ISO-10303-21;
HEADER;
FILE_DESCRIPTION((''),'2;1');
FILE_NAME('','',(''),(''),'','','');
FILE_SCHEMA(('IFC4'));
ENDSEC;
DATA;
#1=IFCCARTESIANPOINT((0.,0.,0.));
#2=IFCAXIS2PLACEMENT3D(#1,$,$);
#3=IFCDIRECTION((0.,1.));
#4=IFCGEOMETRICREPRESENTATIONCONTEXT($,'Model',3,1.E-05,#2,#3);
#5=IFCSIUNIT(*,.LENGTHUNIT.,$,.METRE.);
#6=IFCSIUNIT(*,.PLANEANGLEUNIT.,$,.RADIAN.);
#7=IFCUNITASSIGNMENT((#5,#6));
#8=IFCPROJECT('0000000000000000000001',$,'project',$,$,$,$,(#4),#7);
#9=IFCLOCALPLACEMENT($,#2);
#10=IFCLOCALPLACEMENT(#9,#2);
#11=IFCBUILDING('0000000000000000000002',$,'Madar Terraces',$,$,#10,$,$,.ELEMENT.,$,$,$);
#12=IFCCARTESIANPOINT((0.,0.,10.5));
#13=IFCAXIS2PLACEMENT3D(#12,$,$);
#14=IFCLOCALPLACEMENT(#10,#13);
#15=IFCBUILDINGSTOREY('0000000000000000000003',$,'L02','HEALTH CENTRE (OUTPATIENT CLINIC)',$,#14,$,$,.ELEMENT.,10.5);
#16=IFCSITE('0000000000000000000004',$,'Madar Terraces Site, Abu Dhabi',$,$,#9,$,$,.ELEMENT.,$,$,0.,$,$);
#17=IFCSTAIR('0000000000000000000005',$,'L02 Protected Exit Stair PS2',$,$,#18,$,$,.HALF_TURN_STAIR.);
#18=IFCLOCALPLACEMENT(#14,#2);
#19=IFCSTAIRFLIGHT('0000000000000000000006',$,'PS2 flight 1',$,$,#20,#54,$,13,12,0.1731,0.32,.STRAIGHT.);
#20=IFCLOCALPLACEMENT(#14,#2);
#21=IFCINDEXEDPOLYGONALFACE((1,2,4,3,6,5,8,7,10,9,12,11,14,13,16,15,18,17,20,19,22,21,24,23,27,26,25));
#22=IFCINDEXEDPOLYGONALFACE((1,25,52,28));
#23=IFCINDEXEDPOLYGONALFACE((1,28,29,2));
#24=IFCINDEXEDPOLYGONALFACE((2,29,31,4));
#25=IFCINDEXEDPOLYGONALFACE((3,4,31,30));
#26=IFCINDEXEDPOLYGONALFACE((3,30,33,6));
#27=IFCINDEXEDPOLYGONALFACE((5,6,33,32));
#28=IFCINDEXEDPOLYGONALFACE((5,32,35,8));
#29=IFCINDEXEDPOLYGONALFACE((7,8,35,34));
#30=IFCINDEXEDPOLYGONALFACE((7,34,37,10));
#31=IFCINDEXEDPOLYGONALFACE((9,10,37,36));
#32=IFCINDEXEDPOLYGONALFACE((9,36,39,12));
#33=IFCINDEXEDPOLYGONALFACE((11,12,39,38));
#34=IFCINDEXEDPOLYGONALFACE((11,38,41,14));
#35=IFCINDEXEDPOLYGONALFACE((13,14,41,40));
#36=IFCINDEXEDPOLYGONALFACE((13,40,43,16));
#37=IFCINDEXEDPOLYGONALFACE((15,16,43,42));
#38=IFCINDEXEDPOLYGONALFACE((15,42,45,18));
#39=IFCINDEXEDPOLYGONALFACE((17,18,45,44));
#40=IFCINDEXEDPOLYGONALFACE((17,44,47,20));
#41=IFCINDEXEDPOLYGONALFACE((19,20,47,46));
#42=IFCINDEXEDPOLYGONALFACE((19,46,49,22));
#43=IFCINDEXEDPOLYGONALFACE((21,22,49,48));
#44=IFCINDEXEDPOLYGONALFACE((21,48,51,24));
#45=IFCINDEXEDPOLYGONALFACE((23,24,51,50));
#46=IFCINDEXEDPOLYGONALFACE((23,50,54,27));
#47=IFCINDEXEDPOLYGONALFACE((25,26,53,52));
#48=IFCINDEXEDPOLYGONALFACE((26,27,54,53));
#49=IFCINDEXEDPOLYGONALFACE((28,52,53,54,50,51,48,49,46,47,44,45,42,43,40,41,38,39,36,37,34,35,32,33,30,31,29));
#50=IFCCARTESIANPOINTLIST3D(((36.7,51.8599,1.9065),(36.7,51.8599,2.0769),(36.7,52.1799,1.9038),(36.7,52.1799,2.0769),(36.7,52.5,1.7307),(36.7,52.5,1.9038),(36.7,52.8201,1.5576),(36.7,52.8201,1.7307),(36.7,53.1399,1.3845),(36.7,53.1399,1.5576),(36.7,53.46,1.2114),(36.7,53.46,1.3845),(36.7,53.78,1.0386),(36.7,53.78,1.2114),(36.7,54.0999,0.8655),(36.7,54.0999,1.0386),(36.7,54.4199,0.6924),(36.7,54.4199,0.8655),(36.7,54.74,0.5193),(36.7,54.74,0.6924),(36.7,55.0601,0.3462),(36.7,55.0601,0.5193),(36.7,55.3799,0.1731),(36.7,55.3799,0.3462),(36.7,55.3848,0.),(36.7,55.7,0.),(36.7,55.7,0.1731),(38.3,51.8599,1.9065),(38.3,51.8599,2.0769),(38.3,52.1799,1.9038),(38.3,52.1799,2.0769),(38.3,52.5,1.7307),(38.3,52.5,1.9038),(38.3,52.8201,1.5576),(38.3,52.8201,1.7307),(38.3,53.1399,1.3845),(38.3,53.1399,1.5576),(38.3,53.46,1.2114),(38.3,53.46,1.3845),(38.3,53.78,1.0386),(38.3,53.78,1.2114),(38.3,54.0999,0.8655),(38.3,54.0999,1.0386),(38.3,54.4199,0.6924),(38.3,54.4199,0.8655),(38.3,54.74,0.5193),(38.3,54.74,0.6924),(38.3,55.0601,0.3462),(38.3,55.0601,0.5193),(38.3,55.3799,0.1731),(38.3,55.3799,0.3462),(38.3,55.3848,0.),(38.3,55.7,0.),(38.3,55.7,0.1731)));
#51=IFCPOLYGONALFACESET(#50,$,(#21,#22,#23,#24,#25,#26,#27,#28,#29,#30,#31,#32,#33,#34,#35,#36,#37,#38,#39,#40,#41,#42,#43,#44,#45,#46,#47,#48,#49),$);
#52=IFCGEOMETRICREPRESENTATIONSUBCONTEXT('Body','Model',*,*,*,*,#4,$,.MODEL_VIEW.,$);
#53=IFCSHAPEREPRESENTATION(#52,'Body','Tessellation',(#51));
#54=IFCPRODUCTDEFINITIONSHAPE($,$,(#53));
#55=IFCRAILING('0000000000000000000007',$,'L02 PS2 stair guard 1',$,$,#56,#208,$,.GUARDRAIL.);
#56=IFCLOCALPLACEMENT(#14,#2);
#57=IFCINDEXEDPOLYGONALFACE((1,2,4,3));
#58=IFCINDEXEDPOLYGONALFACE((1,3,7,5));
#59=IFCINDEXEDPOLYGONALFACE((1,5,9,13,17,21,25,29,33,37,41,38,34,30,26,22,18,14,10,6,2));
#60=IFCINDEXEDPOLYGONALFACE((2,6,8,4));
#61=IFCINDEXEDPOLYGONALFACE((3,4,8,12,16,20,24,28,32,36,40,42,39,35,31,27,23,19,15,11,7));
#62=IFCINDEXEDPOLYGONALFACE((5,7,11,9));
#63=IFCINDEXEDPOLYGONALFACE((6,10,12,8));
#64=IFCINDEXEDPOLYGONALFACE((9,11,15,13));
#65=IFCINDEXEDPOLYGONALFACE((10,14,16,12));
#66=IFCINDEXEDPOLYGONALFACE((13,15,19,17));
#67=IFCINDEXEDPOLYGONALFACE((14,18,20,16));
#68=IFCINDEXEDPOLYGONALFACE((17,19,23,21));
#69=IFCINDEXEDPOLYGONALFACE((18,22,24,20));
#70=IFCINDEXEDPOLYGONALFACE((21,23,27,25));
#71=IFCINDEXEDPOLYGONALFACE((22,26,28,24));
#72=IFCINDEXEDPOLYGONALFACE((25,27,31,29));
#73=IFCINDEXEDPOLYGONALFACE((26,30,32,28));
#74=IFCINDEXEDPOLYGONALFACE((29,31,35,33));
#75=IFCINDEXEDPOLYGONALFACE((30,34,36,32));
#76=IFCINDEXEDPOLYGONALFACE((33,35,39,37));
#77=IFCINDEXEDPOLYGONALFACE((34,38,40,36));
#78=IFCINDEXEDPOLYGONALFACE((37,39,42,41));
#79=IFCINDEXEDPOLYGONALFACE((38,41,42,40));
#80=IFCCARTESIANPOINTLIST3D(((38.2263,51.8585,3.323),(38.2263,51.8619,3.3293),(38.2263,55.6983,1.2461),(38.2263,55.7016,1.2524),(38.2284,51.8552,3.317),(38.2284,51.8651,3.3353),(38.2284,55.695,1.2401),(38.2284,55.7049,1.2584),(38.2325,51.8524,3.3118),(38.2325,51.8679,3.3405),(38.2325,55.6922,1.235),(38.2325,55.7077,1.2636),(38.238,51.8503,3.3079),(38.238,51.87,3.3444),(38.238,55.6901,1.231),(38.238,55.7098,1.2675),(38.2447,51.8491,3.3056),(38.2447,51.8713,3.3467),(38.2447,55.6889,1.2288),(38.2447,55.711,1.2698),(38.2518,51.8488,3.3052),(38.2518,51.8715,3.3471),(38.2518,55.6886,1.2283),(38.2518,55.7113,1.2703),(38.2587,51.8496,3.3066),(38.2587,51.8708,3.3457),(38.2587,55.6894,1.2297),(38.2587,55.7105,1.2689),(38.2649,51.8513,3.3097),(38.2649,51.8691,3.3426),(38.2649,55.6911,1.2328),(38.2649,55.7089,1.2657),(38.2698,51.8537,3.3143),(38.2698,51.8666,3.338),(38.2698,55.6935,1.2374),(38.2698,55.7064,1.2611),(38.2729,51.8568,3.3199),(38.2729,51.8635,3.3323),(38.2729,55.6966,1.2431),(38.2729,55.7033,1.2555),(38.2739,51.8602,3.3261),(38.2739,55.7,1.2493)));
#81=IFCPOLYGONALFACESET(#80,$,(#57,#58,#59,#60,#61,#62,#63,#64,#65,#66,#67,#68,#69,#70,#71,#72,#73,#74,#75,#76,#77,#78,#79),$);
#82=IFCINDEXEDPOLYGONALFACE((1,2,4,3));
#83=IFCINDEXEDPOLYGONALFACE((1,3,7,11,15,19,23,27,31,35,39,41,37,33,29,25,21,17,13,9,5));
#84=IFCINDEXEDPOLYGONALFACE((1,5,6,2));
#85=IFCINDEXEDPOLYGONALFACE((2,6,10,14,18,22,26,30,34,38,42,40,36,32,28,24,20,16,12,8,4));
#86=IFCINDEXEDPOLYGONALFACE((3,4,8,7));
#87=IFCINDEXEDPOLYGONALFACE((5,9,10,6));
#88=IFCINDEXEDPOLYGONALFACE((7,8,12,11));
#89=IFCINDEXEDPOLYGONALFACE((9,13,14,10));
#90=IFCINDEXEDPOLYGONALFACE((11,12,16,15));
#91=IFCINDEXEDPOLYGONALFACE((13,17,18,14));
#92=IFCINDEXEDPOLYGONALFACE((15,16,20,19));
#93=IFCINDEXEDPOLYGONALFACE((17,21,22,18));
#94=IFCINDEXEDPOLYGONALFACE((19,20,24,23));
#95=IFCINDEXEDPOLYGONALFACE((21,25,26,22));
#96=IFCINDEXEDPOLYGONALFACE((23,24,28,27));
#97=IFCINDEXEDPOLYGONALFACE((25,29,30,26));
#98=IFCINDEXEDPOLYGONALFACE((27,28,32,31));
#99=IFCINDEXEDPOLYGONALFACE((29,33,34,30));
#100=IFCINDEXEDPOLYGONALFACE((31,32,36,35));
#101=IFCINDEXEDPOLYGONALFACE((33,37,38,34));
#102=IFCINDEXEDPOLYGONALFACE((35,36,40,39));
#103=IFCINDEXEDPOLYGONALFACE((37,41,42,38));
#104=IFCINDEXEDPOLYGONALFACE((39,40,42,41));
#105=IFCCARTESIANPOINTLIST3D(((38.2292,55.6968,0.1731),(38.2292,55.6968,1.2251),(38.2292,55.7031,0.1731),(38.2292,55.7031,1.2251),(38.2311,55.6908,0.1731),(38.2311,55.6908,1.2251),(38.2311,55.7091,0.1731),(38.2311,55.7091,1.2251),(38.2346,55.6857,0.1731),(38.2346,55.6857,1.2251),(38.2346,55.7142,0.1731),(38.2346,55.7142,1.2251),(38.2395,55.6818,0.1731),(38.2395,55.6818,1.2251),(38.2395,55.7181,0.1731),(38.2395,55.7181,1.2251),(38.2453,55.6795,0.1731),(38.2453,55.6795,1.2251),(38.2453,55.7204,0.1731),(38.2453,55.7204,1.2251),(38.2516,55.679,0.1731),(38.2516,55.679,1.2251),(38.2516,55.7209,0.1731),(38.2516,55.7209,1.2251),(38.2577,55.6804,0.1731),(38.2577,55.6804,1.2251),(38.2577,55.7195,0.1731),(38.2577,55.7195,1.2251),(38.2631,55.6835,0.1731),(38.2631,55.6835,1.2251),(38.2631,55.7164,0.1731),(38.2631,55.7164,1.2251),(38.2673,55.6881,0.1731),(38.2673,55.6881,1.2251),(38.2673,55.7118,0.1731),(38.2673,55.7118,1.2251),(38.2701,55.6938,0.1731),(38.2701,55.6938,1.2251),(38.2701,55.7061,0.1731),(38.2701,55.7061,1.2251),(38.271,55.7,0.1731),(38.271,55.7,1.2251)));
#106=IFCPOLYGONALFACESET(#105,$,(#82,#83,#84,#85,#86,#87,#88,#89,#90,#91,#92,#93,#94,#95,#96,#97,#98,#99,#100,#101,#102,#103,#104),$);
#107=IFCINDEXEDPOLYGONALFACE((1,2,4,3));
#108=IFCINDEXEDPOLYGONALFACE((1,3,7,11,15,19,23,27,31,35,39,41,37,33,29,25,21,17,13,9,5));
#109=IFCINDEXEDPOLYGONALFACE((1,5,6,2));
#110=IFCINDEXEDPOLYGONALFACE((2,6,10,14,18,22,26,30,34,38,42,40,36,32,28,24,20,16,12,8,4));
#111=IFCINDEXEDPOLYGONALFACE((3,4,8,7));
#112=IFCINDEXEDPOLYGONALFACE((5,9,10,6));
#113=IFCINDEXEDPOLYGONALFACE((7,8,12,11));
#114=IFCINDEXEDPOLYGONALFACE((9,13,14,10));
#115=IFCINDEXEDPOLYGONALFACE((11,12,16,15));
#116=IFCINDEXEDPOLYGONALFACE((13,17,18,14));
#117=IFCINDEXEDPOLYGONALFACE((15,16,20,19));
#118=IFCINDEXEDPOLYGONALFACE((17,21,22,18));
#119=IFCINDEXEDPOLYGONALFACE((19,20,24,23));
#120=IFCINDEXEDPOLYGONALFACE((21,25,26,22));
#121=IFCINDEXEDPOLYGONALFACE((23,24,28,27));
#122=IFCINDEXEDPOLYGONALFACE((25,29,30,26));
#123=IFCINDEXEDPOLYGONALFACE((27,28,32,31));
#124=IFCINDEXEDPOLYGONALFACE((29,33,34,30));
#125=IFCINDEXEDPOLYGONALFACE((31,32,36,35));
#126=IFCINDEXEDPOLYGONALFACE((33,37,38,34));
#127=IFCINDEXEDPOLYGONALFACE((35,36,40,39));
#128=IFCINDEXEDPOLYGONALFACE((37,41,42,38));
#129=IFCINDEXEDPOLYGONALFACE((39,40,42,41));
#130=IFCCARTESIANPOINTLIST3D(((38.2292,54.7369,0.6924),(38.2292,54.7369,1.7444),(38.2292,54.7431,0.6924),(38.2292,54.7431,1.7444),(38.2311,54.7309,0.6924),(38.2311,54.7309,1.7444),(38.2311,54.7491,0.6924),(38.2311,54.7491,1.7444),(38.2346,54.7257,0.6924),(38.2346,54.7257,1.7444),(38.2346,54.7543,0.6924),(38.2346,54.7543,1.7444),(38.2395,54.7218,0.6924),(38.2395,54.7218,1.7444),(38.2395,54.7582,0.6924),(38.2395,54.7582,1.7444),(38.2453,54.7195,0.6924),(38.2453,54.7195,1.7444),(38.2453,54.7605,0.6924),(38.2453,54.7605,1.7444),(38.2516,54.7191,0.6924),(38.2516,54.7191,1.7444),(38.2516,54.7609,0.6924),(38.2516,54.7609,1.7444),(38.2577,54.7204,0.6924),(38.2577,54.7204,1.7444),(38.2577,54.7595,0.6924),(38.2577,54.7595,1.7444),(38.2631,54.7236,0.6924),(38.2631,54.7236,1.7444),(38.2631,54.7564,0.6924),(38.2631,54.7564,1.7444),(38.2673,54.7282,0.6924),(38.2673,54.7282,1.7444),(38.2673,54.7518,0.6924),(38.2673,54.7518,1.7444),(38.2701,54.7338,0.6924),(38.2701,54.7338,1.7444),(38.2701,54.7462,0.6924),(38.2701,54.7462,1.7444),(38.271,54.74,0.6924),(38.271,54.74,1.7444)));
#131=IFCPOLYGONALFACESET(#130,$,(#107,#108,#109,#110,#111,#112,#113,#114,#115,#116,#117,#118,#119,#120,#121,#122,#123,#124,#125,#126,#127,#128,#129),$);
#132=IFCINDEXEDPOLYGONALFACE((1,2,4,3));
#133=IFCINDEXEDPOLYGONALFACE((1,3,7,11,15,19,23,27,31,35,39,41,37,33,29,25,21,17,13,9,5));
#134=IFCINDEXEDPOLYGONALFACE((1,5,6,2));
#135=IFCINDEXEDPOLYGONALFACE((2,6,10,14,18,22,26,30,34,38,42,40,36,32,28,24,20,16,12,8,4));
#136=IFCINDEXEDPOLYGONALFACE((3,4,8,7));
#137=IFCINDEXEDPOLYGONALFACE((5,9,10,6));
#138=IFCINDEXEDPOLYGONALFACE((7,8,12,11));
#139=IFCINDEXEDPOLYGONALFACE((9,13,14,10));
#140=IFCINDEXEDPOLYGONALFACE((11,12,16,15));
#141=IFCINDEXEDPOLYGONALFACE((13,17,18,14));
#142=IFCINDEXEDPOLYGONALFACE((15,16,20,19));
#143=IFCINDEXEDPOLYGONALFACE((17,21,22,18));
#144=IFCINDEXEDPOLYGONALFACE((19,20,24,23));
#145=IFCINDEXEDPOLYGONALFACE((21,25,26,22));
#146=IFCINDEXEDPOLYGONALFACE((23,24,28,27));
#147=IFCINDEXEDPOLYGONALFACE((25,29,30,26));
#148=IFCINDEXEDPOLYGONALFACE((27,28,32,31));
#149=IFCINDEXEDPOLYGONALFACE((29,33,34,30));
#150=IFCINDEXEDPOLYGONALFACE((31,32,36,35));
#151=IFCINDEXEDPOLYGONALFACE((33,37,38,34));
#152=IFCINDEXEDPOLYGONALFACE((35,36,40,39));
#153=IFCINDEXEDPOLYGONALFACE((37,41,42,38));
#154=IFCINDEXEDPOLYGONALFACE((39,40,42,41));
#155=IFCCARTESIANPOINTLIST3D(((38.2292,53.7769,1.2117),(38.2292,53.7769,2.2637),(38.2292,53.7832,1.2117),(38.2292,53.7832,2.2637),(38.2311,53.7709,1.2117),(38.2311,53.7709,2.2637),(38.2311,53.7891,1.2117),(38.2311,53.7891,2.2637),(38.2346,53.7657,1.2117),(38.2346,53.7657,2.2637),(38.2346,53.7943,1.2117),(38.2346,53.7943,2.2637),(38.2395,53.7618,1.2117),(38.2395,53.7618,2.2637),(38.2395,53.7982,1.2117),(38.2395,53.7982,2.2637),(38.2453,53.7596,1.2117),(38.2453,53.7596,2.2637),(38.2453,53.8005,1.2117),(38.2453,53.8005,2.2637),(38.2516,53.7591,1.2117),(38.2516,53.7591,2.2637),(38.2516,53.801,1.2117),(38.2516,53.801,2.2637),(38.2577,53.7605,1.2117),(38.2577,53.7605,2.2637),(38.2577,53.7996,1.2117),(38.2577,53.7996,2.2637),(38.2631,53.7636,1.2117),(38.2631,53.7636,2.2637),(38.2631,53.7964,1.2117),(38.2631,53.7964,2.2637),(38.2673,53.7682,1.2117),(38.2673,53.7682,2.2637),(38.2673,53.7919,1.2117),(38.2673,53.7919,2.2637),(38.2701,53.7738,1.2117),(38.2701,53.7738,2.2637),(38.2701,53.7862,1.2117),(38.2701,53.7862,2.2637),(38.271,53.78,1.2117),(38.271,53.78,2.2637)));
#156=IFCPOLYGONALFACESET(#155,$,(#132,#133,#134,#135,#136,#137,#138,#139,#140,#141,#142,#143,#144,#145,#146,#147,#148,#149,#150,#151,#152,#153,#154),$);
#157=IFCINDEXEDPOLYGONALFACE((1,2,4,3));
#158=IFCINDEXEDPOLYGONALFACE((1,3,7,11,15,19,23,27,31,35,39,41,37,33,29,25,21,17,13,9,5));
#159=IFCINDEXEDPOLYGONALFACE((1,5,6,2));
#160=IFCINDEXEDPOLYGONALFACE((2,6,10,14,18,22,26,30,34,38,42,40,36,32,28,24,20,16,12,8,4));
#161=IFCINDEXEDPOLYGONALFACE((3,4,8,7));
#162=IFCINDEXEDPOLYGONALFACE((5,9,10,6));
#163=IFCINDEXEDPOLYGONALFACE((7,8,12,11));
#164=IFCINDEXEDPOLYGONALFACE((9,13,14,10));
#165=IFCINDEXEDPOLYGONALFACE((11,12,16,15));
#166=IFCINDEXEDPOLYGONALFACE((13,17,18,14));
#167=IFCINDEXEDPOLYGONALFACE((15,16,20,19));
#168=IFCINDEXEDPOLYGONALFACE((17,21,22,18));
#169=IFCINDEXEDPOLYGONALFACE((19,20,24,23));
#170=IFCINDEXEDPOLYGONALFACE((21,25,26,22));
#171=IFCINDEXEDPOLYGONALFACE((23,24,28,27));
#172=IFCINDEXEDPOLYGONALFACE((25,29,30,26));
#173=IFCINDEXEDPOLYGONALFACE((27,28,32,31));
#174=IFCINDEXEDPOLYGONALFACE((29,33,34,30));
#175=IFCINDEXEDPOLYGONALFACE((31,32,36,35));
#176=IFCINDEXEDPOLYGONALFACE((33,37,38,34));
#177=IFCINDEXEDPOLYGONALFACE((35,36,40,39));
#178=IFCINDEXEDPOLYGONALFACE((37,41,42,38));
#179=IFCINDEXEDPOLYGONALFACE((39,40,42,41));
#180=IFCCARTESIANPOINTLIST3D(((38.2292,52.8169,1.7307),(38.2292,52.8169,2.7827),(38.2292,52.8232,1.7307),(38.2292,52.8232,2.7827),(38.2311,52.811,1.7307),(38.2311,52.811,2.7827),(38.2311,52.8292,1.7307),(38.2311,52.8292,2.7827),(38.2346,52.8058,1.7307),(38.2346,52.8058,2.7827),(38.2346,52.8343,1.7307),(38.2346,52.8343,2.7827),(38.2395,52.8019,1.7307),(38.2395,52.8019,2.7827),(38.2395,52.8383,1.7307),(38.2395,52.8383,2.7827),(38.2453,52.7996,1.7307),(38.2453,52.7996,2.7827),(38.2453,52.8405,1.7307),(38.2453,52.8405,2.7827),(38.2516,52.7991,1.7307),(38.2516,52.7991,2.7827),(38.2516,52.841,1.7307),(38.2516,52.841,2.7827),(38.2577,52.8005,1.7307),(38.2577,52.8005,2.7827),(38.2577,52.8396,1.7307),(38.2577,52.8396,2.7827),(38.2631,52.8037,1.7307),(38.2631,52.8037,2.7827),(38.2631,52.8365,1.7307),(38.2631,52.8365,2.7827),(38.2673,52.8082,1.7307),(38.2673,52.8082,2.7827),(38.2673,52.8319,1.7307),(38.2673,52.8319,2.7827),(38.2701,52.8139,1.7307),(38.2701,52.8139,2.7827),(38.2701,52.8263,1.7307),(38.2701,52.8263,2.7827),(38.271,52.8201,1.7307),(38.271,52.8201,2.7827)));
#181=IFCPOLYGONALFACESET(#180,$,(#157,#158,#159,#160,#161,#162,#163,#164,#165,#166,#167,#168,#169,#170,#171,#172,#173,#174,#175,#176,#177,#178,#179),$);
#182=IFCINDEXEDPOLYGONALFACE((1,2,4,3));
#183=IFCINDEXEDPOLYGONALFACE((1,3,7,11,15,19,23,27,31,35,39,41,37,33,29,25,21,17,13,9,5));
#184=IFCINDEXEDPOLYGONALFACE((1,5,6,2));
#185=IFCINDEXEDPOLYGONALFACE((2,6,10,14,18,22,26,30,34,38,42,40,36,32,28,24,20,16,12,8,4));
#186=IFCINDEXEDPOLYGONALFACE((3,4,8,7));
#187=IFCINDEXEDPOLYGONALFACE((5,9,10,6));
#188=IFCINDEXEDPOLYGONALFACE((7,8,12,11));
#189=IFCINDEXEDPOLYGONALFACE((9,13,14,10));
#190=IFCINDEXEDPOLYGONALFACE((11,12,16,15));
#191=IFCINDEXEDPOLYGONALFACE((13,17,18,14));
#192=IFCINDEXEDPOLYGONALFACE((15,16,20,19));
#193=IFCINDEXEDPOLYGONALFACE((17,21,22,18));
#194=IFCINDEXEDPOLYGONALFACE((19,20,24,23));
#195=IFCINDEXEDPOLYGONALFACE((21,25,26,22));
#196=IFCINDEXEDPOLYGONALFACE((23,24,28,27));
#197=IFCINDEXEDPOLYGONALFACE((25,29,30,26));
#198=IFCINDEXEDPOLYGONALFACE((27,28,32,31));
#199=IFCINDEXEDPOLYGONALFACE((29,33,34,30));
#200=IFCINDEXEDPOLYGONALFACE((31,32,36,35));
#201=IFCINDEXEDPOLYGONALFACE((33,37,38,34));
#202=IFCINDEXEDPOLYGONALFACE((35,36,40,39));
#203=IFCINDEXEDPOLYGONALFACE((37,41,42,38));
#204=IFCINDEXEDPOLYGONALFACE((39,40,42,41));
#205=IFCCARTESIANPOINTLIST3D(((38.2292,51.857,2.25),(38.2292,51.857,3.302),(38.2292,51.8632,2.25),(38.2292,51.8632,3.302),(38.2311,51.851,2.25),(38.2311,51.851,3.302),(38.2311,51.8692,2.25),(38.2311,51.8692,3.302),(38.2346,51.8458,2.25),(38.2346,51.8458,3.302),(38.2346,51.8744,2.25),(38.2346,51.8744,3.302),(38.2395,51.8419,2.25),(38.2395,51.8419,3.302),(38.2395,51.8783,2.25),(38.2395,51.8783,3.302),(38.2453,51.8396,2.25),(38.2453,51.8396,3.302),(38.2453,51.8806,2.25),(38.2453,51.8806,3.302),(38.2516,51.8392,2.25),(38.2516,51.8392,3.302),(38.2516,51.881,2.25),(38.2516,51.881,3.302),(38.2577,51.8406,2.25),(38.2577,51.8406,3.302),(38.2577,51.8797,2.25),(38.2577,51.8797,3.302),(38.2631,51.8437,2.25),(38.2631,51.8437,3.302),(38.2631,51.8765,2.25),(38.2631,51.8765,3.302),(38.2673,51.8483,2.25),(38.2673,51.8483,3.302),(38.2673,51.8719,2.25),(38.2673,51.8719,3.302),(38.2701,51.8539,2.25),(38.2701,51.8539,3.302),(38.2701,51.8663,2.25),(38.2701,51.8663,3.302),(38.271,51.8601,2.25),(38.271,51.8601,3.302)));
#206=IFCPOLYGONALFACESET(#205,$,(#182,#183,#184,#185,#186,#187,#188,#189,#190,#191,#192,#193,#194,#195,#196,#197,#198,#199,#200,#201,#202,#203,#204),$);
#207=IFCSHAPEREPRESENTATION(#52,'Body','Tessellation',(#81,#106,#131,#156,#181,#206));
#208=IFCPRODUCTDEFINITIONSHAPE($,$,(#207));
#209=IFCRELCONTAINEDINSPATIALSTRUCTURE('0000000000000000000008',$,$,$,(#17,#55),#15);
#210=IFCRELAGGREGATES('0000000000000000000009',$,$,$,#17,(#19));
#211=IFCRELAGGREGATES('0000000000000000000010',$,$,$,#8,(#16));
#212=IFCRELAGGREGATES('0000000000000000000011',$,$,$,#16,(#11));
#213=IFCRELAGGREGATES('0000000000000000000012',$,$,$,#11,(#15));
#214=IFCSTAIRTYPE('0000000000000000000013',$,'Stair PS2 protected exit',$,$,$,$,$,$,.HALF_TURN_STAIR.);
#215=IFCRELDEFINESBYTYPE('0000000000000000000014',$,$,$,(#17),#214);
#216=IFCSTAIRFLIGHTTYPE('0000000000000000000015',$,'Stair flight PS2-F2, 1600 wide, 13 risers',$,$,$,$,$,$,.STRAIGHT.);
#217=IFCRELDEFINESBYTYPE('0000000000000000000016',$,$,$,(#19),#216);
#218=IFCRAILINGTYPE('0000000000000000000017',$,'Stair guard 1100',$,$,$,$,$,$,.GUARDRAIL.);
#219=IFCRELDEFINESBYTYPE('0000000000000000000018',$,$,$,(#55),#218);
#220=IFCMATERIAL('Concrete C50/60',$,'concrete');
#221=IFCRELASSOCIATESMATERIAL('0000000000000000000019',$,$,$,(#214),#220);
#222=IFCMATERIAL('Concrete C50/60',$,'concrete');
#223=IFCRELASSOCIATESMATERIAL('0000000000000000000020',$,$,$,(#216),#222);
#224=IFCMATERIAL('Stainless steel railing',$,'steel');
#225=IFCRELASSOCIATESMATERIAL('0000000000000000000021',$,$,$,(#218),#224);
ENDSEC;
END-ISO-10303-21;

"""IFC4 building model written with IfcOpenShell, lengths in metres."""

from ifc_helpers import new_model, si_unit, direction, frame, origin, origin_2d, place, context, subcontext, project, spatial, polyline, circle, outline, extrude, material, type_object, element, aggregate, save


model = new_model("IFC4")

# Units and contexts
model_context = context("Model", 3, precision=1e-05, world=origin(), true_north=direction((0.0, 1.0)))
body_context = subcontext(model_context, "Body", "Model", "MODEL_VIEW")
ifc_project = project(units=[si_unit("LENGTHUNIT", "METRE"), si_unit("PLANEANGLEUNIT", "RADIAN")], contexts=[model_context])

# Site, building, storey
site_placement = place(None, origin())
site = spatial("IfcSite", under=ifc_project, at=site_placement, Name="Madar Terraces Site, Abu Dhabi", CompositionType="ELEMENT", RefElevation=0.0)
building_placement = place(site_placement, origin())
building = spatial("IfcBuilding", under=site, at=building_placement, Name="Madar Terraces", CompositionType="ELEMENT")
storey_placement = place(building_placement, frame((0.0, 0.0, 10.5)))
storey = spatial("IfcBuildingStorey", under=building, at=storey_placement, Name="L02", Description="HEALTH CENTRE (OUTPATIENT CLINIC)", CompositionType="ELEMENT", Elevation=10.5)

# Stair, stair flight
ifc_material_1 = material(Name="Concrete C50/60", Category="concrete")
stair_type = type_object("IfcStairType", Name="Stair PS2 protected exit", PredefinedType="HALF_TURN_STAIR", material=ifc_material_1)
stair_placement = place(storey_placement, origin())
stair = element("IfcStair", 1, at=stair_placement, inside=storey, type_object=stair_type, Name="L02 Protected Exit Stair PS2", PredefinedType="HALF_TURN_STAIR")
ifc_material_2 = material(Name="Concrete C50/60", Category="concrete")
stair_flight_type = type_object("IfcStairFlightType", Name="Stair flight PS2-F2, 1600 wide, 13 risers", PredefinedType="STRAIGHT", material=ifc_material_2)
stair_flight_placement = place(storey_placement, frame((37.5, 55.7, 0.0), z_axis=(0.0, 0.0, 1.0), x_axis=(0.0, -1.0, 0.0)))
stair_flight = element("IfcStairFlight", 2, at=stair_flight_placement, type_object=stair_flight_type, Name="PS2 flight 1", NumberOfRisers=13, NumberOfTreads=12, PredefinedType="STRAIGHT", RiserHeight=0.1731, TreadLength=0.32, context=body_context, shape_type="SweptSolid", body=[
    extrude(outline(polyline([(0.0, 0.0), (0.0, 0.1731), (0.3201, 0.1731), (0.3201, 0.3462), (0.6399, 0.3462), (0.6399, 0.5193), (0.96, 0.5193), (0.96, 0.6924), (1.28, 0.6924), (1.28, 0.8655), (1.6001, 0.8655), (1.6001, 1.0386), (1.9199, 1.0386), (1.9199, 1.2114), (2.24, 1.2114), (2.24, 1.3845), (2.5601, 1.3845), (2.5601, 1.5576), (2.8799, 1.5576), (2.8799, 1.7307), (3.2, 1.7307), (3.2, 1.9038), (3.52, 1.9038), (3.52, 2.0769), (3.8401, 2.0769), (3.8401, 2.25), (3.8401, 1.9065), (0.3152, 0.0), (0.0, 0.0)])), frame((0.0, 0.8, 0.0), z_axis=(0.0, -1.0, 0.0), x_axis=(1.0, 0.0, 0.0)), (0.0, 0.0, 1.0), 1.6001),
])
aggregate(stair, [stair_flight])

# Railing
ifc_material_3 = material(Name="Stainless steel railing", Category="steel")
railing_type_1 = type_object("IfcRailingType", Name="Stair guard 1100", PredefinedType="GUARDRAIL", material=ifc_material_3)
railing_1_placement = place(storey_placement, frame((38.25, 55.7, 0.1731)))
element("IfcRailing", 3, at=railing_1_placement, inside=storey, type_object=railing_type_1, Name="L02 PS2 stair guard 1", PredefinedType="GUARDRAIL", context=body_context, shape_type="SweptSolid", body=[
    extrude(circle(Radius=0.0239, at=origin_2d()), frame((0.0, 0.0, 1.0762), z_axis=(0.0, -0.879581, 0.47575), x_axis=(1.0, 0.0, 0.0)), (0.0, 0.0, 1.0), 4.3655),
    extrude(circle(Radius=0.021, at=origin_2d()), origin(), (0.0, 0.0, 1.0), 1.052),
    extrude(circle(Radius=0.021, at=origin_2d()), frame((0.0, -0.96, 0.5193)), (0.0, 0.0, 1.0), 1.052),
    extrude(circle(Radius=0.021, at=origin_2d()), frame((0.0, -1.9199, 1.0386)), (0.0, 0.0, 1.0), 1.052),
    extrude(circle(Radius=0.021, at=origin_2d()), frame((0.0, -2.8799, 1.5576)), (0.0, 0.0, 1.0), 1.052),
    extrude(circle(Radius=0.021, at=origin_2d()), frame((0.0, -3.8398, 2.0769)), (0.0, 0.0, 1.0), 1.052),
])

save(model, "model.ifc")
